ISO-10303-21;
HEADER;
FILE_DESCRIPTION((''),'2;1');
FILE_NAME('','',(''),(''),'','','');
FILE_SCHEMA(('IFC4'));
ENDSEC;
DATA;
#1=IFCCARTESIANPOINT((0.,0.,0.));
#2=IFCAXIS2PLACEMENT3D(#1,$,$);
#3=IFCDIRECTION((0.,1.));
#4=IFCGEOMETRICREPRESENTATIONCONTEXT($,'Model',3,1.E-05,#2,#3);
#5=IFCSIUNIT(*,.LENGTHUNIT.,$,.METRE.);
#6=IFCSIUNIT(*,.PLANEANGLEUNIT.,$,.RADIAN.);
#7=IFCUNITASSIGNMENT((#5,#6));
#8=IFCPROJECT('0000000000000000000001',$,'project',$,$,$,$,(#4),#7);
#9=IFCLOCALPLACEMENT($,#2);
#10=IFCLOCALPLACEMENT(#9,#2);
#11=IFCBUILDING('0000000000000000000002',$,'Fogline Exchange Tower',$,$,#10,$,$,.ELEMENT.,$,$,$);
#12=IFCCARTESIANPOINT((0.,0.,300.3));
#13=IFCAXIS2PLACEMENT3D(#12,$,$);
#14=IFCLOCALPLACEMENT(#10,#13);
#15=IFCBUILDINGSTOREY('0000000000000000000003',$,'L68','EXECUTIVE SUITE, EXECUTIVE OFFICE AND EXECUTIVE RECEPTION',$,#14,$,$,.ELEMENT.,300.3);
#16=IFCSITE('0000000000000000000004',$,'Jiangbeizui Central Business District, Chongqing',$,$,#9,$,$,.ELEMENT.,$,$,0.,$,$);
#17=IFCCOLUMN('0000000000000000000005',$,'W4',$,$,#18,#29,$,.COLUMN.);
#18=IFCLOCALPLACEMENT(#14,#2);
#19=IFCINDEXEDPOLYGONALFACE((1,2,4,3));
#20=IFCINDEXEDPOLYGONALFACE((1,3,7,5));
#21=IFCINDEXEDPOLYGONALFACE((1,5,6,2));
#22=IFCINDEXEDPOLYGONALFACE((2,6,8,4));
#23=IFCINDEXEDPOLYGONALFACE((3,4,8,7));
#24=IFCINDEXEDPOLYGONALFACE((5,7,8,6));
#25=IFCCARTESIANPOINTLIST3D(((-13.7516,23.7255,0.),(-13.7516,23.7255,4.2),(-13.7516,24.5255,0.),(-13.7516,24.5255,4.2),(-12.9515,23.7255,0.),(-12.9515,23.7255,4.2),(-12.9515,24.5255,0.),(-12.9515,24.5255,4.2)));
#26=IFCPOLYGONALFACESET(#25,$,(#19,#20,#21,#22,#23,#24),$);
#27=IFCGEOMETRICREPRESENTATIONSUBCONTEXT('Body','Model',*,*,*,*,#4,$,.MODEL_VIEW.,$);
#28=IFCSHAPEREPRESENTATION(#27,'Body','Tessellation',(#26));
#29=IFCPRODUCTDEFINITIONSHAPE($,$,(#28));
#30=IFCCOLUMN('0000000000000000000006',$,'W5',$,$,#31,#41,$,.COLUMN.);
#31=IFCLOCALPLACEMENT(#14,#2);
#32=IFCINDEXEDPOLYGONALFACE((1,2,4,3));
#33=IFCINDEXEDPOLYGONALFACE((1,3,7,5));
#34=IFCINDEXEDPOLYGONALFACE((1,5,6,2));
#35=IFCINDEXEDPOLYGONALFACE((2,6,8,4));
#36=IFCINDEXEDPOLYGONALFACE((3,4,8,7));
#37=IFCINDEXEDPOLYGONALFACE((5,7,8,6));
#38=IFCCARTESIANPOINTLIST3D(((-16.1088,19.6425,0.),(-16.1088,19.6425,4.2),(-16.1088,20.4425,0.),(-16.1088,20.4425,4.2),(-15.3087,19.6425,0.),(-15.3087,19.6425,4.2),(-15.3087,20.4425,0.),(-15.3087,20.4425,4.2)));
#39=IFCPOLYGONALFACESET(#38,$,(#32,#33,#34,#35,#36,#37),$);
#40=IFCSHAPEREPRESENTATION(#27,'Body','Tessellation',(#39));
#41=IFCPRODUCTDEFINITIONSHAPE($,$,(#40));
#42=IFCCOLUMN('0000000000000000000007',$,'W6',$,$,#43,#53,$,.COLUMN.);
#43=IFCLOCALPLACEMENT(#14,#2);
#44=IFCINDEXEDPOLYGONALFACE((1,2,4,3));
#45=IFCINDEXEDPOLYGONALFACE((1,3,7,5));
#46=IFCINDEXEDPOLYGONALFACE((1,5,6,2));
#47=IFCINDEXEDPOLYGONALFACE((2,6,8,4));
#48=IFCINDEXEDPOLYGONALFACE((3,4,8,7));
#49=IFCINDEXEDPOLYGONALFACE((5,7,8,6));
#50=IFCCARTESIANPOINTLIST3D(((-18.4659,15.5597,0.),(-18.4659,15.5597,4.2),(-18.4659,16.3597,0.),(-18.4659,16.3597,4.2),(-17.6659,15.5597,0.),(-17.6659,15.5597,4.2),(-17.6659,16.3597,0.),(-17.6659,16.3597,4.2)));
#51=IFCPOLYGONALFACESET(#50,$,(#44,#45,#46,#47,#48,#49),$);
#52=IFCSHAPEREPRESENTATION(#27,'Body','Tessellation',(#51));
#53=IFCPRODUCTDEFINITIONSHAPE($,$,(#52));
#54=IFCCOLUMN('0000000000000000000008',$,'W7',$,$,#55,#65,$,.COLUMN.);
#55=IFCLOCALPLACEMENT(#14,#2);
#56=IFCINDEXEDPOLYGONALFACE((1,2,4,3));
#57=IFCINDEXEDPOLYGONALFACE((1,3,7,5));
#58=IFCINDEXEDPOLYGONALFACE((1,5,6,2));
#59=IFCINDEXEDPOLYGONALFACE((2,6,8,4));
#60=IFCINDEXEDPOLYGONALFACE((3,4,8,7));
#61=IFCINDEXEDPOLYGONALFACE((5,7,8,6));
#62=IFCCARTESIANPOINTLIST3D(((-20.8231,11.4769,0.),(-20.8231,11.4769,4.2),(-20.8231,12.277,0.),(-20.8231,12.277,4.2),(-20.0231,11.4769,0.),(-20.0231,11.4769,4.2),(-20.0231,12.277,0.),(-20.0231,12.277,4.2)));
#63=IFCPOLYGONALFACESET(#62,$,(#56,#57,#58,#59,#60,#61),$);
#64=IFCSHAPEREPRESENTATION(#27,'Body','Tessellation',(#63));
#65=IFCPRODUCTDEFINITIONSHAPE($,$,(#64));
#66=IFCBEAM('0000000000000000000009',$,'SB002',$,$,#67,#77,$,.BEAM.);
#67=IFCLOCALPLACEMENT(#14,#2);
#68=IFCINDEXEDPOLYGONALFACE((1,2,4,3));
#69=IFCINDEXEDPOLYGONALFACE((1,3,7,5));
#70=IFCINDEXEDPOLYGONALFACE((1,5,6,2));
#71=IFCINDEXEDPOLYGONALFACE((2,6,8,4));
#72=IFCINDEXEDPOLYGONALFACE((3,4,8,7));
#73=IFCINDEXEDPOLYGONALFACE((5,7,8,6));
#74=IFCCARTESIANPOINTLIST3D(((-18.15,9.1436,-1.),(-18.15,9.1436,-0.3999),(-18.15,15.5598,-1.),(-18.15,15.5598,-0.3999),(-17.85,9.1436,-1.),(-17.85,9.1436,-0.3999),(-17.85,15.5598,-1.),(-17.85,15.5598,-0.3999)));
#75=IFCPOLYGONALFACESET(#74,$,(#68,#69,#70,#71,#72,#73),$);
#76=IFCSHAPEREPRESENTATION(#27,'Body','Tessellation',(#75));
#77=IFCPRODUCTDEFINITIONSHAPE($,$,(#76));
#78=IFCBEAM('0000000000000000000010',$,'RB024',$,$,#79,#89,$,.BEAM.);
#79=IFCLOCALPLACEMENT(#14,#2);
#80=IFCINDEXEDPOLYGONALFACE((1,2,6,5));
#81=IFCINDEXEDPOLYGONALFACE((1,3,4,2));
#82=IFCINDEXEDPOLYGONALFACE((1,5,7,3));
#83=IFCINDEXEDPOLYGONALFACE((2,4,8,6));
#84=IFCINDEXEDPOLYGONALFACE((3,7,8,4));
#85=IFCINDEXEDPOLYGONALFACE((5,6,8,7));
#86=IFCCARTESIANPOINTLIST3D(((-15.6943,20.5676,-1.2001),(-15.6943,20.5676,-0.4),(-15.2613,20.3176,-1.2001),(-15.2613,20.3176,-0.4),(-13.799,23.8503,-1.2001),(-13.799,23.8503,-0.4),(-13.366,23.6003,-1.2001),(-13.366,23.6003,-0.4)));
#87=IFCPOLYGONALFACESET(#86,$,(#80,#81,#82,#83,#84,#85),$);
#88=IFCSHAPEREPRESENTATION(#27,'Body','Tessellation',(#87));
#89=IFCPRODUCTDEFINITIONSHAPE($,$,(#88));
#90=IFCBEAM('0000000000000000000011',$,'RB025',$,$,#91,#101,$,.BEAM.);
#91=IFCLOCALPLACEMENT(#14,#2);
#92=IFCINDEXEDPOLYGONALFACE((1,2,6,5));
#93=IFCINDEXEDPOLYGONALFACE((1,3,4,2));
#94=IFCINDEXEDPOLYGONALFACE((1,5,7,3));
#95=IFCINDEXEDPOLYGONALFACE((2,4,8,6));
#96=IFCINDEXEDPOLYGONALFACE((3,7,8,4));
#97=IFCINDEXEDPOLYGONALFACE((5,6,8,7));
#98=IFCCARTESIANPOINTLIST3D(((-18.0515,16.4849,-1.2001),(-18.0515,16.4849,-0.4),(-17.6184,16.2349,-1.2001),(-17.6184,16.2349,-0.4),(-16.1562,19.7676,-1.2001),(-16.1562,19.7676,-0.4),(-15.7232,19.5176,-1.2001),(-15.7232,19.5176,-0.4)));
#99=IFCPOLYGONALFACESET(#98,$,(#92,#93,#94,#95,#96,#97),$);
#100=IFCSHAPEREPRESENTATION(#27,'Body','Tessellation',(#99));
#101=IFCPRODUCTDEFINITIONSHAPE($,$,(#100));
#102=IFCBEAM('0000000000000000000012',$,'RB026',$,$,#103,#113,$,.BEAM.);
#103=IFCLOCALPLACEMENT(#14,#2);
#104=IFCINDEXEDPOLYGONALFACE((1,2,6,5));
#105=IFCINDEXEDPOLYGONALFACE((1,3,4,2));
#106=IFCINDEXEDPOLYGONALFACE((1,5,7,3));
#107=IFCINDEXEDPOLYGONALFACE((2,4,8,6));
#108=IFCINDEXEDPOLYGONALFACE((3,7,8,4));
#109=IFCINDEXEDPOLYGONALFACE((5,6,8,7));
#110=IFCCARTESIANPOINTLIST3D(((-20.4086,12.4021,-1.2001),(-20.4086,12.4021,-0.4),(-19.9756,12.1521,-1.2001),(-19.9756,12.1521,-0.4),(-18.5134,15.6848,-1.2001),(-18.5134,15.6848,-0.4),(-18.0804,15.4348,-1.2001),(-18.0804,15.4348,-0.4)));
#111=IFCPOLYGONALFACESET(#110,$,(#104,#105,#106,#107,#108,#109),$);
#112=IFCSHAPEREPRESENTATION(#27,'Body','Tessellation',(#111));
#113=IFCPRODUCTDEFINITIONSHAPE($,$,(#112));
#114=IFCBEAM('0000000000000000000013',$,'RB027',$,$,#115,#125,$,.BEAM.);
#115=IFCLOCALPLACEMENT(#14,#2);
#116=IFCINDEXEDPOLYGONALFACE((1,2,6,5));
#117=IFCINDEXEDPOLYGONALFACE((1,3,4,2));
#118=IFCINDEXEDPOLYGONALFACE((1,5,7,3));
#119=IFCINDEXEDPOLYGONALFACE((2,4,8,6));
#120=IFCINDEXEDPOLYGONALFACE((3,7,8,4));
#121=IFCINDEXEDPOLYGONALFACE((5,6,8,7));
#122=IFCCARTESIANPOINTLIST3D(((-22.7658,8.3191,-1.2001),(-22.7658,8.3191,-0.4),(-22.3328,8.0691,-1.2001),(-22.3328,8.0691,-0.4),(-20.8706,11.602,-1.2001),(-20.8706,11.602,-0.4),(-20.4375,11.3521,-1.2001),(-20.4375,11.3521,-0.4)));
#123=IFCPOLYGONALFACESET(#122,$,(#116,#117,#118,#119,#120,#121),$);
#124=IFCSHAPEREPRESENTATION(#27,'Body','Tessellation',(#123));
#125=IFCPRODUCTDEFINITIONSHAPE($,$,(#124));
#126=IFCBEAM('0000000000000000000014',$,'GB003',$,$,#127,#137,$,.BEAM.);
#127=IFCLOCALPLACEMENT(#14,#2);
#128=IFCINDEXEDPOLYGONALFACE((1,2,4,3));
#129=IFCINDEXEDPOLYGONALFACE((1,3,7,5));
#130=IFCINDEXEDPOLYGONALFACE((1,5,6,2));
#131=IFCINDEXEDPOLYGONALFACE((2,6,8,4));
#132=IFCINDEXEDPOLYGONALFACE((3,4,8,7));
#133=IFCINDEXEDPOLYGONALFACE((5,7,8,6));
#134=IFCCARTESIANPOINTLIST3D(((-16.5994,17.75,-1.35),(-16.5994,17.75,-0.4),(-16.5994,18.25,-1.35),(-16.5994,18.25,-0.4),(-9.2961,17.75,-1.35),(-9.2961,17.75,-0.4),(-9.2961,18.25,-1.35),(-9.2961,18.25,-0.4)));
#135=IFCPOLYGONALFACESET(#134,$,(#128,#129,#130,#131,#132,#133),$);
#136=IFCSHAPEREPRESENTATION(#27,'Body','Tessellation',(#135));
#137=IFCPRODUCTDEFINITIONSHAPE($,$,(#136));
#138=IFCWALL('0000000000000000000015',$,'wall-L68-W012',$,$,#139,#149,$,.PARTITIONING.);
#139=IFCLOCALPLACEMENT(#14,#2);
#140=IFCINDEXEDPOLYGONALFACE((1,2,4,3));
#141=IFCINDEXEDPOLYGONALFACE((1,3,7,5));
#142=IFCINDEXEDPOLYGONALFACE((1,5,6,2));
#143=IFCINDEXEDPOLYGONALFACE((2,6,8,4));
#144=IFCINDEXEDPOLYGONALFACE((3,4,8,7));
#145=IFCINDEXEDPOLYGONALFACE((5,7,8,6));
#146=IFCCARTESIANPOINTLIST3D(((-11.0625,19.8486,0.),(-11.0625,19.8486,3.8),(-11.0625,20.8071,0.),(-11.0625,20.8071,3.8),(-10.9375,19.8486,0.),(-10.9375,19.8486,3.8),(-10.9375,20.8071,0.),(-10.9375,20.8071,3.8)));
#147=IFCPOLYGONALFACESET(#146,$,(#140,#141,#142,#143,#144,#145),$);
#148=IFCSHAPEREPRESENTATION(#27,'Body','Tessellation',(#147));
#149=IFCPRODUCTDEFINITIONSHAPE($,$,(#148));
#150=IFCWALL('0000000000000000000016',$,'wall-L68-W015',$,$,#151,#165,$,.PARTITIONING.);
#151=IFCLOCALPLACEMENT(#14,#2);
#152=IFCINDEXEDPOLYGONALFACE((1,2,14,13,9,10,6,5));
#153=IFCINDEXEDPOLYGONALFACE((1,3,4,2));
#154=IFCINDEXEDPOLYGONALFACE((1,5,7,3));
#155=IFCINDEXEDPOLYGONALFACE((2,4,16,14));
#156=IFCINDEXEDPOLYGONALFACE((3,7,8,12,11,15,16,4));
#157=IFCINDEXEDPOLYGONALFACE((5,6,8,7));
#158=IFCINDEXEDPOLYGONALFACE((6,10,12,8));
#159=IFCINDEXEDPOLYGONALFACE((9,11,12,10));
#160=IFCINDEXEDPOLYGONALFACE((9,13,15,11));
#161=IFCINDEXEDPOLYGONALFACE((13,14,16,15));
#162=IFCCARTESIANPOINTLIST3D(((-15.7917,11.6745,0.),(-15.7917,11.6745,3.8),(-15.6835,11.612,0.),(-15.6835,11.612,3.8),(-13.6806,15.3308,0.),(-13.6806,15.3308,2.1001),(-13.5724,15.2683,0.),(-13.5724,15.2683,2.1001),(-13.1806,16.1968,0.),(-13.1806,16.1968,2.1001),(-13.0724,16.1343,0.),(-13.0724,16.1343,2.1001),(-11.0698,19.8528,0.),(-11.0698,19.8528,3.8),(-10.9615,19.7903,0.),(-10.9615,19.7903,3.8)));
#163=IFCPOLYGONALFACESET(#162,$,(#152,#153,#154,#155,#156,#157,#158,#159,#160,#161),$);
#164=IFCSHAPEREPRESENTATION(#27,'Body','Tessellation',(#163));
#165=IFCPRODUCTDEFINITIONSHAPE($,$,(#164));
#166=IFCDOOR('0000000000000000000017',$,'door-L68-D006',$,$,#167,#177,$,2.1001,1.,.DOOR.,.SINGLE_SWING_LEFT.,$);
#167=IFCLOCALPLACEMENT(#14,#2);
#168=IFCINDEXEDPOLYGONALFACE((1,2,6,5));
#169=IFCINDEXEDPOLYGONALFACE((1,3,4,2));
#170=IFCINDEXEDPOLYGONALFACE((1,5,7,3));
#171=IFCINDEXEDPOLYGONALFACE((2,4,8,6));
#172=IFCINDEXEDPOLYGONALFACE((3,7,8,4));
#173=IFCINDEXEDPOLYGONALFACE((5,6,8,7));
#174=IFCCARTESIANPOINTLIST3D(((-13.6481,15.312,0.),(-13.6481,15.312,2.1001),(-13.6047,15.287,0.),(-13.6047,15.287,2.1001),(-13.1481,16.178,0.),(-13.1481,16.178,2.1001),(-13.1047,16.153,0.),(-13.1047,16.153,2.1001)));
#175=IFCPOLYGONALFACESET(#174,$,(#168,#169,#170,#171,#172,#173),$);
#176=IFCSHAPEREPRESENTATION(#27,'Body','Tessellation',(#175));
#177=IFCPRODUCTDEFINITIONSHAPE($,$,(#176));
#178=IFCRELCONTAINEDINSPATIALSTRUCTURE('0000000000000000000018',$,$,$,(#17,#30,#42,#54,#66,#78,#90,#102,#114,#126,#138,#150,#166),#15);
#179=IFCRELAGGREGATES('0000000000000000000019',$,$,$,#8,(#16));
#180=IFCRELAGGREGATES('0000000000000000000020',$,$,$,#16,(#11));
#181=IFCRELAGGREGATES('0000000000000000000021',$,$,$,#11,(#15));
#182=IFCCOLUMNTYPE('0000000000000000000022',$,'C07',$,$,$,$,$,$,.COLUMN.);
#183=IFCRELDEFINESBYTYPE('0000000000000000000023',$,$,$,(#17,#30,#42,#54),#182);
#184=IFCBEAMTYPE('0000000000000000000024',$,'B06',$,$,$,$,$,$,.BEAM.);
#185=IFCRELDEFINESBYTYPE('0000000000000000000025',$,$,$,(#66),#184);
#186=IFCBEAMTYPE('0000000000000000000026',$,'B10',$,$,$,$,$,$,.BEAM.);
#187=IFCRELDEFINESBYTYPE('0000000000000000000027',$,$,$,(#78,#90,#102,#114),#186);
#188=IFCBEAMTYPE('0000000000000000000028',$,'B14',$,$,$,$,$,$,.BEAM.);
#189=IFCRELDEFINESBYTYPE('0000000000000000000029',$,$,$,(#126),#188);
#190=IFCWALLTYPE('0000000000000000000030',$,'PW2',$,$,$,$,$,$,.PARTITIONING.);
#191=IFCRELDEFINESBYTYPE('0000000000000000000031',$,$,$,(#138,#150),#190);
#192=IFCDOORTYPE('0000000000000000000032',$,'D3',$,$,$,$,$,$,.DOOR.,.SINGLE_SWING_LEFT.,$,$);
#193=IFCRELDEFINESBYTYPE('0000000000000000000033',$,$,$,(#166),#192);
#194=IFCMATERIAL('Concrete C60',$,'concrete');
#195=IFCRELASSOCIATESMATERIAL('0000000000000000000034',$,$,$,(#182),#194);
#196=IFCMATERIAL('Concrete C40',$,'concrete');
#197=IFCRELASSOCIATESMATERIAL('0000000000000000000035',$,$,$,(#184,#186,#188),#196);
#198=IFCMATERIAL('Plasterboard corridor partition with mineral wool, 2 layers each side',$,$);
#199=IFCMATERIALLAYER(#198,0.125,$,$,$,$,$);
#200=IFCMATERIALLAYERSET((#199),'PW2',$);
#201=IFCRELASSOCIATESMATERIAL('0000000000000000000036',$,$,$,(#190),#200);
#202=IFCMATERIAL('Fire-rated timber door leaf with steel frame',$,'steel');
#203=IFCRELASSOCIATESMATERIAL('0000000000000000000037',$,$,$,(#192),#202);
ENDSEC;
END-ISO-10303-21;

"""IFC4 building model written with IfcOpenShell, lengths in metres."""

from ifc_helpers import new_model, si_unit, direction, frame, frame_2d, origin, origin_2d, place, context, subcontext, project, spatial, rectangle, extrude, material, layer, layer_set, material_profile, profile_set, type_object, element, fill, save


model = new_model("IFC4")

# Units and contexts
model_context = context("Model", 3, precision=1e-05, world=origin(), true_north=direction((0.0, 1.0)))
body_context = subcontext(model_context, "Body", "Model", "MODEL_VIEW")
ifc_project = project(units=[si_unit("LENGTHUNIT", "METRE"), si_unit("PLANEANGLEUNIT", "RADIAN")], contexts=[model_context])

# Site, building, storey
site_placement = place(None, origin())
site = spatial("IfcSite", under=ifc_project, at=site_placement, Name="Jiangbeizui Central Business District, Chongqing", CompositionType="ELEMENT", RefElevation=0.0)
building_placement = place(site_placement, origin())
building = spatial("IfcBuilding", under=site, at=building_placement, Name="Fogline Exchange Tower", CompositionType="ELEMENT")
storey_placement = place(building_placement, frame((0.0, 0.0, 300.3)))
storey = spatial("IfcBuildingStorey", under=building, at=storey_placement, Name="L68", Description="EXECUTIVE SUITE, EXECUTIVE OFFICE AND EXECUTIVE RECEPTION", CompositionType="ELEMENT", Elevation=300.3)

# Columns
ifc_material_1 = material(Name="Concrete C60", Category="concrete")
ifc_material_profile_1 = material_profile(ifc_material_1, rectangle(XDim=0.8, YDim=0.8, at=origin_2d()), Name="RC 800x800")
ifc_profile_set_1 = profile_set([ifc_material_profile_1], Name="Concrete C60")
column_type = type_object("IfcColumnType", Name="C07", PredefinedType="COLUMN", material=ifc_profile_set_1)
for number, where, z_axis, x_axis, name in (
    (1, (-13.3516, 24.1255, 0.0), (0.0, 0.0, 1.0), (1.0, 0.0, 0.0), "W4"),
    (2, (-15.7087, 20.0425, 0.0), (0.0, 0.0, 1.0), (1.0, 0.0, 0.0), "W5"),
    (3, (-18.0659, 15.9597, 0.0), (0.0, 0.0, 1.0), (1.0, 0.0, 0.0), "W6"),
    (4, (-20.4231, 11.877, 0.0), (0.0, 0.0, 1.0), (1.0, 0.0, 0.0), "W7"),
):
    element("IfcColumn", number, at=place(storey_placement, frame(where, z_axis=z_axis, x_axis=x_axis)), inside=storey, type_object=column_type, Name=name, PredefinedType="COLUMN", context=body_context, shape_type="SweptSolid", body=[
        extrude(rectangle(XDim=0.8, YDim=0.8, at=origin_2d()), origin(), (0.0, 0.0, 1.0), 4.2),
    ])

# Beams
ifc_material_2 = material(Name="Concrete C40", Category="concrete")
ifc_material_profile_2 = material_profile(ifc_material_2, rectangle(XDim=0.3, YDim=0.6001, at=origin_2d()), Name="RC 300x600")
ifc_profile_set_2 = profile_set([ifc_material_profile_2], Name="Concrete C40")
beam_type_1 = type_object("IfcBeamType", Name="B06", PredefinedType="BEAM", material=ifc_profile_set_2)
beam_1_placement = place(storey_placement, frame((-18.0, 9.1436, -0.7), z_axis=(0.0, 1.0, 0.0), x_axis=(-1.0, 0.0, 0.0)))
element("IfcBeam", 5, at=beam_1_placement, inside=storey, type_object=beam_type_1, Name="SB002", PredefinedType="BEAM", context=body_context, shape_type="SweptSolid", body=[
    extrude(rectangle(XDim=0.3, YDim=0.6001, at=origin_2d()), origin(), (0.0, 0.0, 1.0), 6.4163),
])
ifc_material_profile_3 = material_profile(ifc_material_2, rectangle(XDim=0.5, YDim=0.8, at=origin_2d()), Name="RC 500x800")
ifc_profile_set_3 = profile_set([ifc_material_profile_3], Name="Concrete C40")
beam_type_2 = type_object("IfcBeamType", Name="B10", PredefinedType="BEAM", material=ifc_profile_set_3)
for number, where, z_axis, x_axis, name in (
    (6, (-13.5825, 23.7253, -0.8), (-0.499998, -0.866027, 0.0), (0.866027, -0.499998, 0.0), "RB024"),
    (7, (-15.9397, 19.6426, -0.8), (-0.499998, -0.866027, 0.0), (0.866027, -0.499998, 0.0), "RB025"),
    (8, (-18.2969, 15.5598, -0.8), (-0.499998, -0.866027, 0.0), (0.866027, -0.499998, 0.0), "RB026"),
):
    element("IfcBeam", number, at=place(storey_placement, frame(where, z_axis=z_axis, x_axis=x_axis)), inside=storey, type_object=beam_type_2, Name=name, PredefinedType="BEAM", context=body_context, shape_type="SweptSolid", body=[
        extrude(rectangle(XDim=0.5, YDim=0.8, at=origin_2d()), origin(), (0.0, 0.0, 1.0), 3.7905),
    ])
beam_2_placement = place(storey_placement, frame((-20.6541, 11.4771, -0.8), z_axis=(-0.49997, -0.866043, 0.0), x_axis=(0.866043, -0.49997, 0.0)))
element("IfcBeam", 9, at=beam_2_placement, inside=storey, type_object=beam_type_2, Name="RB027", PredefinedType="BEAM", context=body_context, shape_type="SweptSolid", body=[
    extrude(rectangle(XDim=0.5, YDim=0.8, at=origin_2d()), origin(), (0.0, 0.0, 1.0), 3.7908),
])
ifc_material_profile_4 = material_profile(ifc_material_2, rectangle(XDim=0.5, YDim=0.95, at=origin_2d()), Name="RC 500x950")
ifc_profile_set_4 = profile_set([ifc_material_profile_4], Name="Concrete C40")
beam_type_3 = type_object("IfcBeamType", Name="B14", PredefinedType="BEAM", material=ifc_profile_set_4)
beam_3_placement = place(storey_placement, frame((-16.5994, 18.0, -0.875), z_axis=(1.0, 0.0, 0.0), x_axis=(0.0, 1.0, 0.0)))
element("IfcBeam", 10, at=beam_3_placement, inside=storey, type_object=beam_type_3, Name="GB003", PredefinedType="BEAM", context=body_context, shape_type="SweptSolid", body=[
    extrude(rectangle(XDim=0.5, YDim=0.95, at=origin_2d()), origin(), (0.0, 0.0, 1.0), 7.3032),
])

# Wall
ifc_material_3 = material(Name="Plasterboard corridor partition with mineral wool, 2 layers each side")
ifc_layer_1 = layer(ifc_material_3, 0.125)
ifc_layer_set_1 = layer_set([ifc_layer_1], Name="PW2")
wall_type_1 = type_object("IfcWallType", Name="PW2", PredefinedType="PARTITIONING", material=ifc_layer_set_1)
wall_1_placement = place(storey_placement, frame((-11.0, 19.8486, 0.0), z_axis=(0.0, 0.0, 1.0), x_axis=(0.0, 1.0, 0.0)))
element("IfcWall", 11, at=wall_1_placement, inside=storey, type_object=wall_type_1, Name="wall-L68-W012", PredefinedType="PARTITIONING", context=body_context, shape_type="SweptSolid", body=[
    extrude(rectangle(XDim=0.9585, YDim=0.125, at=frame_2d((0.4792, 0.0))), origin(), (0.0, 0.0, 1.0), 3.8),
])

# Wall, opening, door
wall_2_placement = place(storey_placement, frame((-15.7375, 11.6433, 0.0), z_axis=(0.0, 0.0, 1.0), x_axis=(0.500018, 0.866015, 0.0)))
wall_2 = element("IfcWall", 12, at=wall_2_placement, inside=storey, type_object=wall_type_1, Name="wall-L68-W015", PredefinedType="PARTITIONING", context=body_context, shape_type="SweptSolid", body=[
    extrude(rectangle(XDim=9.4436, YDim=0.125, at=frame_2d((4.7217, 0.0))), origin(), (0.0, 0.0, 1.0), 3.8),
])
opening_1_placement = place(wall_2_placement, frame((4.2219, 0.0, 0.0)))
opening_1 = element("IfcOpeningElement", 13, at=opening_1_placement, cuts=wall_2, PredefinedType="OPENING", context=body_context, shape_type="SweptSolid", body=[
    extrude(rectangle(XDim=1.0, YDim=2.1001, at=frame_2d((0.5, 1.05))), frame((0.0, 0.0725, 0.0), z_axis=(0.0, -1.0, 0.0), x_axis=(1.0, 0.0, 0.0)), (0.0, 0.0, 1.0), 0.145),
])
ifc_material_4 = material(Name="Fire-rated timber door leaf with steel frame", Category="steel")
door_type_1 = type_object("IfcDoorType", Name="D3", OperationType="SINGLE_SWING_LEFT", PredefinedType="DOOR", material=ifc_material_4)
door_1_placement = place(opening_1_placement, origin())
door_1 = element("IfcDoor", 14, at=door_1_placement, inside=storey, type_object=door_type_1, Name="door-L68-D006", OperationType="SINGLE_SWING_LEFT", OverallHeight=2.1001, OverallWidth=1.0, PredefinedType="DOOR", context=body_context, shape_type="SweptSolid", body=[
    extrude(rectangle(XDim=1.0, YDim=2.1001, at=frame_2d((0.5, 1.05))), frame((0.0, 0.0249, 0.0), z_axis=(0.0, -1.0, 0.0), x_axis=(1.0, 0.0, 0.0)), (0.0, 0.0, 1.0), 0.05),
])
fill(opening_1, door_1)

save(model, "model.ifc")
